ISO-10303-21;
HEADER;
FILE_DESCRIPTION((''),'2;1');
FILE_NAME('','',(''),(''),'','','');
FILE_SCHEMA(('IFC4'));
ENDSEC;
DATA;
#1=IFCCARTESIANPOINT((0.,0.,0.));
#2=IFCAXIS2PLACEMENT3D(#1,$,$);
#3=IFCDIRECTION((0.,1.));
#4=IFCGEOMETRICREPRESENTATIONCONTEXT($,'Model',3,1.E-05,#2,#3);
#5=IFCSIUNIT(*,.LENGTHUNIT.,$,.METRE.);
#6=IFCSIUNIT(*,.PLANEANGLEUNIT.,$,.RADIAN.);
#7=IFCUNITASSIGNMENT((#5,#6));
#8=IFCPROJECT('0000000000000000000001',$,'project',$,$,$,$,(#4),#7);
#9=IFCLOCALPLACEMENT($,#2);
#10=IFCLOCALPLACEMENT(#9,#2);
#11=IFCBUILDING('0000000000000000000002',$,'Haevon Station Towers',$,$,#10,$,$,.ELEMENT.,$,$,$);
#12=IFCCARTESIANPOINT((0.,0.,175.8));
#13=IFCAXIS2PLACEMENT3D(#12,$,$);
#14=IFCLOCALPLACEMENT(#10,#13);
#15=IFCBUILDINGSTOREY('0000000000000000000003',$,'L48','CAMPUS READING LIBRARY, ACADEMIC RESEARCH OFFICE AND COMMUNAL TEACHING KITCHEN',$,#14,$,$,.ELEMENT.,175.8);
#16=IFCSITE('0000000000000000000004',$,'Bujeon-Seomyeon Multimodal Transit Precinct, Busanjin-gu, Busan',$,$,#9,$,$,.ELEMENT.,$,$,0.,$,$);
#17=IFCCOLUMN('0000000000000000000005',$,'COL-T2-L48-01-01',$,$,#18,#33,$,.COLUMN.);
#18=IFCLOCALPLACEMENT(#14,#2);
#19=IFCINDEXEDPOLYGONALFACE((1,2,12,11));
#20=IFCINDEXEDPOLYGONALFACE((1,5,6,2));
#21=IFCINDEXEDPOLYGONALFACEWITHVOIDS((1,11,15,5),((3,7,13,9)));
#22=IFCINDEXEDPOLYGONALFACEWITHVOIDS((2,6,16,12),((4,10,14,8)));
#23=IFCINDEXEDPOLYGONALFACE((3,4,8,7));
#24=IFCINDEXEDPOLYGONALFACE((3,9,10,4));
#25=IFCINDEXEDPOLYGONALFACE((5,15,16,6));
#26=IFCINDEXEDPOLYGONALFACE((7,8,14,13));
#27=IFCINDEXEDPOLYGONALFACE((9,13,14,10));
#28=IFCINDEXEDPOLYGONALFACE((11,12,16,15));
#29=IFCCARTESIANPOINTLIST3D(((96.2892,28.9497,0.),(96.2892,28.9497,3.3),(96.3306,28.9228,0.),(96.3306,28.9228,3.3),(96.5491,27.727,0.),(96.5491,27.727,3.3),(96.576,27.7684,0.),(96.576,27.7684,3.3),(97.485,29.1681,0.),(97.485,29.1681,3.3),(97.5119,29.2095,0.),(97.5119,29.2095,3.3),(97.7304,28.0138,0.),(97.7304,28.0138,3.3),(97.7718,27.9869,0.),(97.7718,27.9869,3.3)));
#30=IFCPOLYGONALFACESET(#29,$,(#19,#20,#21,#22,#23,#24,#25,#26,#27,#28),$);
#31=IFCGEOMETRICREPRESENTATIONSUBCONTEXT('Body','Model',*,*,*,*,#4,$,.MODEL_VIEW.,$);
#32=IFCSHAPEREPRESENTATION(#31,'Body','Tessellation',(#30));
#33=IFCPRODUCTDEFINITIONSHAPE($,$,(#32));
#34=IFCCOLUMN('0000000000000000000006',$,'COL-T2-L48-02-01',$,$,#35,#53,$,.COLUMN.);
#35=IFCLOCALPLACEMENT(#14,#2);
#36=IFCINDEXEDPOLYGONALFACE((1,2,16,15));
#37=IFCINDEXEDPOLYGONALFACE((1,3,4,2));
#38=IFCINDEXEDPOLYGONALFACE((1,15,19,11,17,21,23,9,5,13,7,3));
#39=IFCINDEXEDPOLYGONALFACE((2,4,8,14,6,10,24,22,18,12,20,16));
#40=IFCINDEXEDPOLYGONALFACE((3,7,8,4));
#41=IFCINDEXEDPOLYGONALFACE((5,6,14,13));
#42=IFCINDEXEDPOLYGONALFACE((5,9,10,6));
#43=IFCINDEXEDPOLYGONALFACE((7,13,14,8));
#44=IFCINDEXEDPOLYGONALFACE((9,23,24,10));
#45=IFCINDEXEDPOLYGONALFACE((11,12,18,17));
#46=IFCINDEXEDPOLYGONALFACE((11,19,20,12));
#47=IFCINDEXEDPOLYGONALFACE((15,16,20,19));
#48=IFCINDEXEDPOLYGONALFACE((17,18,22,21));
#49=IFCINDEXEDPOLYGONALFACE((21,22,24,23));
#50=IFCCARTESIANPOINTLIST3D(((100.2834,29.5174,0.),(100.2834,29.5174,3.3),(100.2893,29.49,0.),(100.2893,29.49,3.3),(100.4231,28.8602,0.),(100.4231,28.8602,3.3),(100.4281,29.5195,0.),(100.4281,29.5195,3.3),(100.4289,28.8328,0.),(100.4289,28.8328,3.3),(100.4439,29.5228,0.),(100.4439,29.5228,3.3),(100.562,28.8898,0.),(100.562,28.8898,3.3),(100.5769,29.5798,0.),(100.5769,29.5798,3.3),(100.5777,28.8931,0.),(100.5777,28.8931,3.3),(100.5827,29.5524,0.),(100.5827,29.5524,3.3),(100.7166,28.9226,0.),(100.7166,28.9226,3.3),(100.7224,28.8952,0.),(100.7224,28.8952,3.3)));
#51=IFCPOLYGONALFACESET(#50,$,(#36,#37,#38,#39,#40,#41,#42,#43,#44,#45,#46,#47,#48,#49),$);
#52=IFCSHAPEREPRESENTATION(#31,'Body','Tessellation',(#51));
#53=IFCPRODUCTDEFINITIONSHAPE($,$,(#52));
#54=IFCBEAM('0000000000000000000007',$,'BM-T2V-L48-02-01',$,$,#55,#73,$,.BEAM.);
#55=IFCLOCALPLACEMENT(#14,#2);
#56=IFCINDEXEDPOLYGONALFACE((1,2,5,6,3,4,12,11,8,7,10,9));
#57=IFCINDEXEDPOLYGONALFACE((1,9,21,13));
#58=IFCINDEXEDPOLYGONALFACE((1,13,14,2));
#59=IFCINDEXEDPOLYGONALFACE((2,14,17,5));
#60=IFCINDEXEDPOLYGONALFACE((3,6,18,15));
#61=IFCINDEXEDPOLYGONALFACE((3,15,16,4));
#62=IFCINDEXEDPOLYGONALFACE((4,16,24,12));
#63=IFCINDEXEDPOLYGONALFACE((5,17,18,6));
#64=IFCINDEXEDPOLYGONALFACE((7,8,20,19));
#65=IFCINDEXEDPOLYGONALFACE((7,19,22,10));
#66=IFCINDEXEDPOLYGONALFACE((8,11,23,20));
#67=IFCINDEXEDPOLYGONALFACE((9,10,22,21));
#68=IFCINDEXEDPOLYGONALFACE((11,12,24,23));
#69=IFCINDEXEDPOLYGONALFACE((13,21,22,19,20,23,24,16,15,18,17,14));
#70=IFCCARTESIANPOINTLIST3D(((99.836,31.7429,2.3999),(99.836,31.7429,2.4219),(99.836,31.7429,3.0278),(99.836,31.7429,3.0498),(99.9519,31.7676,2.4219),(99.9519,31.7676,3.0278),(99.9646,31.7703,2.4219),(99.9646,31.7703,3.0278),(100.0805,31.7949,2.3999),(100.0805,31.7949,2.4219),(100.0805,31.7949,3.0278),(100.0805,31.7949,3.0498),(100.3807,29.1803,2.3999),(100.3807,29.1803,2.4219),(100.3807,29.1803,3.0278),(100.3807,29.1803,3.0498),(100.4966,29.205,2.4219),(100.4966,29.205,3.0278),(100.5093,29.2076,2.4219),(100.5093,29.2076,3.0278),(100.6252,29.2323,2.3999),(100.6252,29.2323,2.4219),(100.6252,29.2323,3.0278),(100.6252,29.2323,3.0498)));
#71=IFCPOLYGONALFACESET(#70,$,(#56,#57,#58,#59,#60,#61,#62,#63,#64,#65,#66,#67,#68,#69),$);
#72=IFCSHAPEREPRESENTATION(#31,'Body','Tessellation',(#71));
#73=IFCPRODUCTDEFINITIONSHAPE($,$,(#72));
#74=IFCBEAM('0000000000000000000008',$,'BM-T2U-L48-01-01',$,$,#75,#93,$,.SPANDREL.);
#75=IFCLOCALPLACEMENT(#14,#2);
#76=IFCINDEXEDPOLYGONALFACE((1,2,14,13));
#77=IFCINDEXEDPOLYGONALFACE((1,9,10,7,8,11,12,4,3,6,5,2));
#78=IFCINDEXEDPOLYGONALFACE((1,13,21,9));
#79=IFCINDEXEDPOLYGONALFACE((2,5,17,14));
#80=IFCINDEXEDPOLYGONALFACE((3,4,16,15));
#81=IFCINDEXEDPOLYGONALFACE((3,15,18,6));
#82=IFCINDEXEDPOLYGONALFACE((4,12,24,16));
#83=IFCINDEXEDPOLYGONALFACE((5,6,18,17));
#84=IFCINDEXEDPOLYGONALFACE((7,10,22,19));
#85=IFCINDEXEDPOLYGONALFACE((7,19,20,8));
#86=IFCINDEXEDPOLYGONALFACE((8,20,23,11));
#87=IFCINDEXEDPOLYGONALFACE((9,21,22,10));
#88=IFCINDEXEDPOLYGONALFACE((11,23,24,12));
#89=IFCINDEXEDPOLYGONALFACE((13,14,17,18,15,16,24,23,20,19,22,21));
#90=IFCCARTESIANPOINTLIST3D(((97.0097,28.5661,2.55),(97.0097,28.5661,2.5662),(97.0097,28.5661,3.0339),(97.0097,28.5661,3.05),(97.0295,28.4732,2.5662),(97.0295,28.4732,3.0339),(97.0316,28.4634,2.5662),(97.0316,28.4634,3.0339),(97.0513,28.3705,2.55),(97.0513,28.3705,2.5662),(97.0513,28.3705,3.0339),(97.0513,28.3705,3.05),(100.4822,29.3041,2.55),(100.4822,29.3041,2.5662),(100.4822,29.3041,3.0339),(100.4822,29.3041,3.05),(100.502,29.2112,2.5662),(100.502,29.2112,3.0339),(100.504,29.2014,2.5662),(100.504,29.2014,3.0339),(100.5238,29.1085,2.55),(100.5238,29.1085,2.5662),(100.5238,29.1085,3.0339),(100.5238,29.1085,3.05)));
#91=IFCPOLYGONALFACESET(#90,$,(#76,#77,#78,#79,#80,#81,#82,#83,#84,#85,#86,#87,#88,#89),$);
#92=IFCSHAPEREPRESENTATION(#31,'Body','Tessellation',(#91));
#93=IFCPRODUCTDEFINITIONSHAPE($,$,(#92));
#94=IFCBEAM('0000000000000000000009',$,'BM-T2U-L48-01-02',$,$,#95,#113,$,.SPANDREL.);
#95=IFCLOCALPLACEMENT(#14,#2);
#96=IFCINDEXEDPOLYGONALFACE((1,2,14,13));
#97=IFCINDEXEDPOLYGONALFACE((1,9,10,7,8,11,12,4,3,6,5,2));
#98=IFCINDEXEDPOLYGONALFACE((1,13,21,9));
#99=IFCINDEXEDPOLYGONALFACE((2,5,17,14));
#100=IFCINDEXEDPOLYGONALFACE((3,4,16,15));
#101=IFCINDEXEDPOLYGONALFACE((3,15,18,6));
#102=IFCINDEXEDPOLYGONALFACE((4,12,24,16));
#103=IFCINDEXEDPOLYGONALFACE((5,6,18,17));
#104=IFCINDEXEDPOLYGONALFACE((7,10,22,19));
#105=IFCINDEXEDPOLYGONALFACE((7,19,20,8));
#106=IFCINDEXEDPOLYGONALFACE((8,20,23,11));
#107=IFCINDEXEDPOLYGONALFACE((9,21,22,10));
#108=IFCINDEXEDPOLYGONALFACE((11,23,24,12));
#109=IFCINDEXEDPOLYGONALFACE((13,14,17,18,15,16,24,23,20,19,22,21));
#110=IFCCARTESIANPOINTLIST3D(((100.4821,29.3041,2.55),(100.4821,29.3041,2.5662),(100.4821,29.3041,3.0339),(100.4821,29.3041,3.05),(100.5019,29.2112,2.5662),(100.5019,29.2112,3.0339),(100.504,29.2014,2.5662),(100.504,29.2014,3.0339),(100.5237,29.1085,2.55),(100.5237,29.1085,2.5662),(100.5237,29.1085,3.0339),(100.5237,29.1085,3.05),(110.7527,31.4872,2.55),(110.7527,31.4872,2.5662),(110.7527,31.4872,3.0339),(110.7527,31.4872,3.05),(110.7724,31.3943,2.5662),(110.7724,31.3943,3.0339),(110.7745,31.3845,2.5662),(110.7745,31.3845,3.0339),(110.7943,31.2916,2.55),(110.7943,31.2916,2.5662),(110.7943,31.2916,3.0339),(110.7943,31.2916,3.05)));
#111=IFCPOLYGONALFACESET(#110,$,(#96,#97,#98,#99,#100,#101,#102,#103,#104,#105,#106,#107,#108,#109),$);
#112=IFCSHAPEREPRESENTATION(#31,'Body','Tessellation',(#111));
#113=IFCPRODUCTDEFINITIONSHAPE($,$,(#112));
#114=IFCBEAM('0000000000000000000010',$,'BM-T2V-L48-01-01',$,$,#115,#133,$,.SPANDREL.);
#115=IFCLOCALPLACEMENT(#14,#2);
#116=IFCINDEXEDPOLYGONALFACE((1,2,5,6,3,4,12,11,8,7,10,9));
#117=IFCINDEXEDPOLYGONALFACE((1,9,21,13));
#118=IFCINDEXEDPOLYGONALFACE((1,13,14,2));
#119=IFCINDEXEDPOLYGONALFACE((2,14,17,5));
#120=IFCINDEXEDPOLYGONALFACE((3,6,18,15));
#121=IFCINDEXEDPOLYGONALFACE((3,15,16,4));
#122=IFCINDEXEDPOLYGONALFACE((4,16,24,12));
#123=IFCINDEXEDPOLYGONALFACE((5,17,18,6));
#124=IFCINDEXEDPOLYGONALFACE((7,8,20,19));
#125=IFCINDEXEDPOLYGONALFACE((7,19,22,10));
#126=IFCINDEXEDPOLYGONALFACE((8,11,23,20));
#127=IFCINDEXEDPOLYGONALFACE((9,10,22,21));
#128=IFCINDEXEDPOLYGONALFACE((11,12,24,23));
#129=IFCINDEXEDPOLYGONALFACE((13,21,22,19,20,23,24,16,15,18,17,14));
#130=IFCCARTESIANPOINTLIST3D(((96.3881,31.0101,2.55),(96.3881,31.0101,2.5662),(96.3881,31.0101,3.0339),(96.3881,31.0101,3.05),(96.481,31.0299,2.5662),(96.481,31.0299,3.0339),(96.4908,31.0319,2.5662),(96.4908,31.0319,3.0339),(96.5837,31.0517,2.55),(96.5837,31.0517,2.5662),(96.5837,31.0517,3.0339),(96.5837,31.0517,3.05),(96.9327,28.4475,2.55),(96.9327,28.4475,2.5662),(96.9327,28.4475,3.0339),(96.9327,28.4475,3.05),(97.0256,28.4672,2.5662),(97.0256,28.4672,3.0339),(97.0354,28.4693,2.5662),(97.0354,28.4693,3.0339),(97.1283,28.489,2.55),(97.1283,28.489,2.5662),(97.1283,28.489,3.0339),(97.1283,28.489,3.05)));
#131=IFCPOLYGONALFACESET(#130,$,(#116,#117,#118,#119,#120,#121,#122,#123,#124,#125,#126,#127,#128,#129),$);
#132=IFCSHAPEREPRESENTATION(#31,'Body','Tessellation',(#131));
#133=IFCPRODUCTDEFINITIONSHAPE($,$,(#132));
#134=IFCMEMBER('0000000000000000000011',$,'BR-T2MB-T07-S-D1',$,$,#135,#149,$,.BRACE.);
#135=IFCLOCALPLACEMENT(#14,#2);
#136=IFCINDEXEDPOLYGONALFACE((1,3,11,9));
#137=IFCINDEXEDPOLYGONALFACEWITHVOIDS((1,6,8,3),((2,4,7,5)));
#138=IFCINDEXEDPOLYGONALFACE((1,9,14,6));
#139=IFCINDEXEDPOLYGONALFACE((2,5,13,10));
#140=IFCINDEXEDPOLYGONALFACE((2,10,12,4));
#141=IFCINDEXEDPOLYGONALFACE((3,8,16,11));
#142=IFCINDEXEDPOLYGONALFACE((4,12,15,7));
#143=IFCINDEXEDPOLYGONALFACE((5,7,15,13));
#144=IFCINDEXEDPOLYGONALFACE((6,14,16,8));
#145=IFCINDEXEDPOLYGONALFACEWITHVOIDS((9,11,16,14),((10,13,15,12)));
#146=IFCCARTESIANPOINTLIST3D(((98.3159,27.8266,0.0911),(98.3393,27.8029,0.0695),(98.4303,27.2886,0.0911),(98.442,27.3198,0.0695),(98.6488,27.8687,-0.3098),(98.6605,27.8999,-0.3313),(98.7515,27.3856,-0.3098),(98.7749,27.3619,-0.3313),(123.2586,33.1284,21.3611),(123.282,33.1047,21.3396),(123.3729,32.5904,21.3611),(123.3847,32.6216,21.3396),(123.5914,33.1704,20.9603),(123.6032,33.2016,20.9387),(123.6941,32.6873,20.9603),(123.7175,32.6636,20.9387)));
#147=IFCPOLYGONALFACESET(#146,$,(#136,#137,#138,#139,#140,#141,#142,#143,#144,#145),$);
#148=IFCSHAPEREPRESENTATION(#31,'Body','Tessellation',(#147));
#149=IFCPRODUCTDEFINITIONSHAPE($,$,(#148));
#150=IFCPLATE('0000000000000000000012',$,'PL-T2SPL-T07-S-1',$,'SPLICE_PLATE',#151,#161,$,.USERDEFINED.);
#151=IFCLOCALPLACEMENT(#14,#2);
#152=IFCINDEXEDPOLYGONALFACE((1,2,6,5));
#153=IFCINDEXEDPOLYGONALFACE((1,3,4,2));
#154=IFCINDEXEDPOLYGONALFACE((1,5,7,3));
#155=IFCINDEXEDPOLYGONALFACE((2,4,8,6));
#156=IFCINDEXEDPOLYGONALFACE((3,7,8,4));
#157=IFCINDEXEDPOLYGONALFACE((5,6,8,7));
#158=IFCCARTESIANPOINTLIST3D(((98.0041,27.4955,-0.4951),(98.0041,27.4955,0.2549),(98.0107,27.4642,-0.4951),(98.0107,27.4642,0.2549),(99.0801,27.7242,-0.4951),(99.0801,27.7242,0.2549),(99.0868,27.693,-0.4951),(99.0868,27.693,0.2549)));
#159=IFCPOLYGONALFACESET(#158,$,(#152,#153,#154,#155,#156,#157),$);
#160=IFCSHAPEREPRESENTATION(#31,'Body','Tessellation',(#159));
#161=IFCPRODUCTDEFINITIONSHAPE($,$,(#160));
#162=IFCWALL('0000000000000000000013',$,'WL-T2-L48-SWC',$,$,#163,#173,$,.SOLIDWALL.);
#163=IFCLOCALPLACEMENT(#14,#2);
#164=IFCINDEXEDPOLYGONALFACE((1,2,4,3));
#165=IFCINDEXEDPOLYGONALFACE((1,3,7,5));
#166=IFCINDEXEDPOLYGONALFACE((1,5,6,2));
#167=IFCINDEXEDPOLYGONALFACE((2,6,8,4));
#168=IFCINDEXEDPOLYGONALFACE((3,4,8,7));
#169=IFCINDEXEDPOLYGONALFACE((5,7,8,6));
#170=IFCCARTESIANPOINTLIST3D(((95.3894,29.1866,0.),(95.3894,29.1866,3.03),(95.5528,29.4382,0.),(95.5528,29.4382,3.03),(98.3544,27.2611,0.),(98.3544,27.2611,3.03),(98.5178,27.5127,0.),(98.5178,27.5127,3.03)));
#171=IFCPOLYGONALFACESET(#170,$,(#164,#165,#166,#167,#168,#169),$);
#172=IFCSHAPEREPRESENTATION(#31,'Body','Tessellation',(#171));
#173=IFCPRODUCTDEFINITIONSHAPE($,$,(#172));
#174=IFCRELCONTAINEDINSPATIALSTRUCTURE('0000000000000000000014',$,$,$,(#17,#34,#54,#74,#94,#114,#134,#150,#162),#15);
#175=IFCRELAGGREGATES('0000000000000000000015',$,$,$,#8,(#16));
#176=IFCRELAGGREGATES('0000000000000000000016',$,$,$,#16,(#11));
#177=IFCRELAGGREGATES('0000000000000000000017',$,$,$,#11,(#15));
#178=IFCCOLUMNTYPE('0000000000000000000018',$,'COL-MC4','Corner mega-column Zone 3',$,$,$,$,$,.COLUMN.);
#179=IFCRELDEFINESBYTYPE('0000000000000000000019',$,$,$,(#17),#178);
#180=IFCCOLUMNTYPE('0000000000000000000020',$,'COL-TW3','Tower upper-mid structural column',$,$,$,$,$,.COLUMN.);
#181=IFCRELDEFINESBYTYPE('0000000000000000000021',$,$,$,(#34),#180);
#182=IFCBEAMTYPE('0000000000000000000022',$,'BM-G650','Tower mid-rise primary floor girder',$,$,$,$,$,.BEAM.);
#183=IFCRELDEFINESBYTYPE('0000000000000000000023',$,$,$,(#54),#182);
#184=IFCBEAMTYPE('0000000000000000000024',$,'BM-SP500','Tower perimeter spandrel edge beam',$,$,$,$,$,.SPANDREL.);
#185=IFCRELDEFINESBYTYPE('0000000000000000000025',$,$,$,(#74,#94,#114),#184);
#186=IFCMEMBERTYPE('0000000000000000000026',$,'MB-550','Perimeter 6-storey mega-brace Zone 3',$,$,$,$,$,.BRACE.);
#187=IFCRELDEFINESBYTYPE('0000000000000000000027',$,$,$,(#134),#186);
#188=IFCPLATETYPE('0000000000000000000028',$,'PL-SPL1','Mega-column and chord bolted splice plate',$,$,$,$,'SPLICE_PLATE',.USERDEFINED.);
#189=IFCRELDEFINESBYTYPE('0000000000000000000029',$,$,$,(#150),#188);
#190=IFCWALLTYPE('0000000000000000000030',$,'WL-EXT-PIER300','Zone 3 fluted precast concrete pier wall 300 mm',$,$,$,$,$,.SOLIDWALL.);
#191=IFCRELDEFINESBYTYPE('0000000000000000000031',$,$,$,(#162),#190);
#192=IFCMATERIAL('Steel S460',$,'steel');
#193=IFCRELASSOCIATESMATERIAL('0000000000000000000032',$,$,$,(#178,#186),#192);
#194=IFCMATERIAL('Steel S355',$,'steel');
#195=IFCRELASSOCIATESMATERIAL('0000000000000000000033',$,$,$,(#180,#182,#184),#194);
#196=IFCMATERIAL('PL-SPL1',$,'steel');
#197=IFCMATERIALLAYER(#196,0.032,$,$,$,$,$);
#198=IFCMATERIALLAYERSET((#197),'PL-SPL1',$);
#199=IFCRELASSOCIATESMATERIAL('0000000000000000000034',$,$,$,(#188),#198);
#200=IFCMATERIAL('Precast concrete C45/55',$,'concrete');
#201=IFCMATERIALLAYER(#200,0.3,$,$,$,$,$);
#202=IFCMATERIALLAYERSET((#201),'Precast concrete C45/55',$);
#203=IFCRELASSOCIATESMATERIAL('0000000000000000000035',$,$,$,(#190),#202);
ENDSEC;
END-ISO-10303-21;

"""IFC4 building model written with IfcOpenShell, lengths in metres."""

from ifc_helpers import new_model, si_unit, direction, frame, frame_2d, origin, origin_2d, place, context, subcontext, project, spatial, rectangle, hollow_rectangle, i_section, extrude, material, layer, layer_set, material_profile, profile_set, type_object, element, save


model = new_model("IFC4")

# Units and contexts
model_context = context("Model", 3, precision=1e-05, world=origin(), true_north=direction((0.0, 1.0)))
body_context = subcontext(model_context, "Body", "Model", "MODEL_VIEW")
ifc_project = project(units=[si_unit("LENGTHUNIT", "METRE"), si_unit("PLANEANGLEUNIT", "RADIAN")], contexts=[model_context])

# Site, building, storey
site_placement = place(None, origin())
site = spatial("IfcSite", under=ifc_project, at=site_placement, Name="Bujeon-Seomyeon Multimodal Transit Precinct, Busanjin-gu, Busan", CompositionType="ELEMENT", RefElevation=0.0)
building_placement = place(site_placement, origin())
building = spatial("IfcBuilding", under=site, at=building_placement, Name="Haevon Station Towers", CompositionType="ELEMENT")
storey_placement = place(building_placement, frame((0.0, 0.0, 175.8)))
storey = spatial("IfcBuildingStorey", under=building, at=storey_placement, Name="L48", Description="CAMPUS READING LIBRARY, ACADEMIC RESEARCH OFFICE AND COMMUNAL TEACHING KITCHEN", CompositionType="ELEMENT", Elevation=175.8)

# Columns
ifc_material_1 = material(Name="Steel S460", Category="steel")
ifc_material_profile_1 = material_profile(ifc_material_1, hollow_rectangle(XDim=1.25, YDim=1.25, WallThickness=0.0349, at=origin_2d()), Name="BOX-1250x1250x35")
ifc_profile_set_1 = profile_set([ifc_material_profile_1], Name="Steel S460")
column_type_1 = type_object("IfcColumnType", Name="COL-MC4", Description="Corner mega-column Zone 3", PredefinedType="COLUMN", material=ifc_profile_set_1)
column_1_placement = place(storey_placement, frame((97.0305, 28.4683, 0.0), z_axis=(0.0, 0.0, 1.0), x_axis=(0.978148, 0.207912, 0.0)))
element("IfcColumn", 1, at=column_1_placement, inside=storey, type_object=column_type_1, Name="COL-T2-L48-01-01", PredefinedType="COLUMN", context=body_context, shape_type="SweptSolid", body=[
    extrude(hollow_rectangle(XDim=1.25, YDim=1.25, WallThickness=0.0349, at=origin_2d()), origin(), (0.0, 0.0, 1.0), 3.3),
])
ifc_material_2 = material(Name="Steel S355", Category="steel")
ifc_material_profile_2 = material_profile(ifc_material_2, i_section(OverallWidth=0.3, OverallDepth=0.7, WebThickness=0.0161, FlangeThickness=0.0281, at=origin_2d()), Name="H-700x300x16x28")
ifc_profile_set_2 = profile_set([ifc_material_profile_2], Name="Steel S355")
column_type_2 = type_object("IfcColumnType", Name="COL-TW3", Description="Tower upper-mid structural column", PredefinedType="COLUMN", material=ifc_profile_set_2)
column_2_placement = place(storey_placement, frame((100.5029, 29.2063, 0.0), z_axis=(0.0, 0.0, 1.0), x_axis=(0.978148, 0.207912, 0.0)))
element("IfcColumn", 2, at=column_2_placement, inside=storey, type_object=column_type_2, Name="COL-T2-L48-02-01", PredefinedType="COLUMN", context=body_context, shape_type="SweptSolid", body=[
    extrude(i_section(OverallWidth=0.3, OverallDepth=0.7, WebThickness=0.0161, FlangeThickness=0.0281, at=origin_2d()), origin(), (0.0, 0.0, 1.0), 3.3),
])

# Beams
ifc_material_profile_3 = material_profile(ifc_material_2, i_section(OverallWidth=0.25, OverallDepth=0.6499, WebThickness=0.0129, FlangeThickness=0.022, at=origin_2d()), Name="H-650x250x13x22")
ifc_profile_set_3 = profile_set([ifc_material_profile_3], Name="Steel S355")
beam_type_1 = type_object("IfcBeamType", Name="BM-G650", Description="Tower mid-rise primary floor girder", PredefinedType="BEAM", material=ifc_profile_set_3)
beam_1_placement = place(storey_placement, frame((100.5029, 29.2063, 2.7249), z_axis=(-0.207893, 0.978152, 0.0), x_axis=(-0.978152, -0.207893, 0.0)))
element("IfcBeam", 3, at=beam_1_placement, inside=storey, type_object=beam_type_1, Name="BM-T2V-L48-02-01", PredefinedType="BEAM", context=body_context, shape_type="SweptSolid", body=[
    extrude(i_section(OverallWidth=0.25, OverallDepth=0.6499, WebThickness=0.0129, FlangeThickness=0.022, at=origin_2d()), origin(), (0.0, 0.0, 1.0), 2.6199),
])
ifc_material_profile_4 = material_profile(ifc_material_2, i_section(OverallWidth=0.2, OverallDepth=0.5, WebThickness=0.01, FlangeThickness=0.0161, at=origin_2d()), Name="H-500x200x10x16")
ifc_profile_set_4 = profile_set([ifc_material_profile_4], Name="Steel S355")
beam_type_2 = type_object("IfcBeamType", Name="BM-SP500", Description="Tower perimeter spandrel edge beam", PredefinedType="SPANDREL", material=ifc_profile_set_4)
beam_2_placement = place(storey_placement, frame((97.0305, 28.4683, 2.8), z_axis=(0.97815, 0.207899, 0.0), x_axis=(-0.207899, 0.97815, 0.0)))
element("IfcBeam", 4, at=beam_2_placement, inside=storey, type_object=beam_type_2, Name="BM-T2U-L48-01-01", PredefinedType="SPANDREL", context=body_context, shape_type="SweptSolid", body=[
    extrude(i_section(OverallWidth=0.2, OverallDepth=0.5, WebThickness=0.01, FlangeThickness=0.0161, at=origin_2d()), origin(), (0.0, 0.0, 1.0), 3.55),
])
beam_3_placement = place(storey_placement, frame((100.5029, 29.2063, 2.8), z_axis=(0.978147, 0.207915, 0.0), x_axis=(-0.207915, 0.978147, 0.0)))
element("IfcBeam", 5, at=beam_3_placement, inside=storey, type_object=beam_type_2, Name="BM-T2U-L48-01-02", PredefinedType="SPANDREL", context=body_context, shape_type="SweptSolid", body=[
    extrude(i_section(OverallWidth=0.2, OverallDepth=0.5, WebThickness=0.01, FlangeThickness=0.0161, at=origin_2d()), origin(), (0.0, 0.0, 1.0), 10.5),
])
beam_4_placement = place(storey_placement, frame((97.0305, 28.4683, 2.8), z_axis=(-0.207893, 0.978152, 0.0), x_axis=(-0.978152, -0.207893, 0.0)))
element("IfcBeam", 6, at=beam_4_placement, inside=storey, type_object=beam_type_2, Name="BM-T2V-L48-01-01", PredefinedType="SPANDREL", context=body_context, shape_type="SweptSolid", body=[
    extrude(i_section(OverallWidth=0.2, OverallDepth=0.5, WebThickness=0.01, FlangeThickness=0.0161, at=origin_2d()), origin(), (0.0, 0.0, 1.0), 2.6199),
])

# Member
ifc_material_profile_5 = material_profile(ifc_material_1, hollow_rectangle(XDim=0.55, YDim=0.55, WallThickness=0.0281, at=origin_2d()), Name="RHS-550x550x28")
ifc_profile_set_5 = profile_set([ifc_material_profile_5], Name="Steel S460")
member_type = type_object("IfcMemberType", Name="MB-550", Description="Perimeter 6-storey mega-brace Zone 3", PredefinedType="BRACE", material=ifc_profile_set_5)
member_placement = place(storey_placement, frame((98.5454, 27.5942, -0.1201), z_axis=(0.751142, 0.159661, 0.640542), x_axis=(-0.207913, 0.978147, 0.0)))
element("IfcMember", 7, at=member_placement, inside=storey, type_object=member_type, Name="BR-T2MB-T07-S-D1", PredefinedType="BRACE", context=body_context, shape_type="SweptSolid", body=[
    extrude(hollow_rectangle(XDim=0.55, YDim=0.55, WallThickness=0.0281, at=origin_2d()), origin(), (0.0, 0.0, 1.0), 33.2063),
])

# Plate
ifc_material_3 = material(Name="PL-SPL1", Category="steel")
ifc_layer_1 = layer(ifc_material_3, 0.032)
ifc_layer_set_1 = layer_set([ifc_layer_1], Name="PL-SPL1")
plate_type = type_object("IfcPlateType", Name="PL-SPL1", Description="Mega-column and chord bolted splice plate", ElementType="SPLICE_PLATE", PredefinedType="USERDEFINED", material=ifc_layer_set_1)
plate_placement = place(storey_placement, frame((98.5454, 27.5942, -0.4951), z_axis=(0.0, 0.0, 1.0), x_axis=(0.978148, 0.207912, 0.0)))
element("IfcPlate", 8, at=plate_placement, inside=storey, type_object=plate_type, Name="PL-T2SPL-T07-S-1", ObjectType="SPLICE_PLATE", PredefinedType="USERDEFINED", context=body_context, shape_type="SweptSolid", body=[
    extrude(rectangle(XDim=1.1001, YDim=0.032, at=origin_2d()), origin(), (0.0, 0.0, 1.0), 0.75),
])

# Wall
ifc_material_4 = material(Name="Precast concrete C45/55", Category="concrete")
ifc_layer_2 = layer(ifc_material_4, 0.3)
ifc_layer_set_2 = layer_set([ifc_layer_2], Name="Precast concrete C45/55")
wall_type_1 = type_object("IfcWallType", Name="WL-EXT-PIER300", Description="Zone 3 fluted precast concrete pier wall 300 mm", PredefinedType="SOLIDWALL", material=ifc_layer_set_2)
wall_1_placement = place(storey_placement, frame((98.436, 27.387, 0.0), z_axis=(0.0, 0.0, 1.0), x_axis=(-0.838672, 0.544636, 0.0)))
element("IfcWall", 9, at=wall_1_placement, inside=storey, type_object=wall_type_1, Name="WL-T2-L48-SWC", PredefinedType="SOLIDWALL", context=body_context, shape_type="SweptSolid", body=[
    extrude(rectangle(XDim=3.5354, YDim=0.3, at=frame_2d((1.7676, 0.0))), origin(), (0.0, 0.0, 1.0), 3.03),
])

save(model, "model.ifc")
